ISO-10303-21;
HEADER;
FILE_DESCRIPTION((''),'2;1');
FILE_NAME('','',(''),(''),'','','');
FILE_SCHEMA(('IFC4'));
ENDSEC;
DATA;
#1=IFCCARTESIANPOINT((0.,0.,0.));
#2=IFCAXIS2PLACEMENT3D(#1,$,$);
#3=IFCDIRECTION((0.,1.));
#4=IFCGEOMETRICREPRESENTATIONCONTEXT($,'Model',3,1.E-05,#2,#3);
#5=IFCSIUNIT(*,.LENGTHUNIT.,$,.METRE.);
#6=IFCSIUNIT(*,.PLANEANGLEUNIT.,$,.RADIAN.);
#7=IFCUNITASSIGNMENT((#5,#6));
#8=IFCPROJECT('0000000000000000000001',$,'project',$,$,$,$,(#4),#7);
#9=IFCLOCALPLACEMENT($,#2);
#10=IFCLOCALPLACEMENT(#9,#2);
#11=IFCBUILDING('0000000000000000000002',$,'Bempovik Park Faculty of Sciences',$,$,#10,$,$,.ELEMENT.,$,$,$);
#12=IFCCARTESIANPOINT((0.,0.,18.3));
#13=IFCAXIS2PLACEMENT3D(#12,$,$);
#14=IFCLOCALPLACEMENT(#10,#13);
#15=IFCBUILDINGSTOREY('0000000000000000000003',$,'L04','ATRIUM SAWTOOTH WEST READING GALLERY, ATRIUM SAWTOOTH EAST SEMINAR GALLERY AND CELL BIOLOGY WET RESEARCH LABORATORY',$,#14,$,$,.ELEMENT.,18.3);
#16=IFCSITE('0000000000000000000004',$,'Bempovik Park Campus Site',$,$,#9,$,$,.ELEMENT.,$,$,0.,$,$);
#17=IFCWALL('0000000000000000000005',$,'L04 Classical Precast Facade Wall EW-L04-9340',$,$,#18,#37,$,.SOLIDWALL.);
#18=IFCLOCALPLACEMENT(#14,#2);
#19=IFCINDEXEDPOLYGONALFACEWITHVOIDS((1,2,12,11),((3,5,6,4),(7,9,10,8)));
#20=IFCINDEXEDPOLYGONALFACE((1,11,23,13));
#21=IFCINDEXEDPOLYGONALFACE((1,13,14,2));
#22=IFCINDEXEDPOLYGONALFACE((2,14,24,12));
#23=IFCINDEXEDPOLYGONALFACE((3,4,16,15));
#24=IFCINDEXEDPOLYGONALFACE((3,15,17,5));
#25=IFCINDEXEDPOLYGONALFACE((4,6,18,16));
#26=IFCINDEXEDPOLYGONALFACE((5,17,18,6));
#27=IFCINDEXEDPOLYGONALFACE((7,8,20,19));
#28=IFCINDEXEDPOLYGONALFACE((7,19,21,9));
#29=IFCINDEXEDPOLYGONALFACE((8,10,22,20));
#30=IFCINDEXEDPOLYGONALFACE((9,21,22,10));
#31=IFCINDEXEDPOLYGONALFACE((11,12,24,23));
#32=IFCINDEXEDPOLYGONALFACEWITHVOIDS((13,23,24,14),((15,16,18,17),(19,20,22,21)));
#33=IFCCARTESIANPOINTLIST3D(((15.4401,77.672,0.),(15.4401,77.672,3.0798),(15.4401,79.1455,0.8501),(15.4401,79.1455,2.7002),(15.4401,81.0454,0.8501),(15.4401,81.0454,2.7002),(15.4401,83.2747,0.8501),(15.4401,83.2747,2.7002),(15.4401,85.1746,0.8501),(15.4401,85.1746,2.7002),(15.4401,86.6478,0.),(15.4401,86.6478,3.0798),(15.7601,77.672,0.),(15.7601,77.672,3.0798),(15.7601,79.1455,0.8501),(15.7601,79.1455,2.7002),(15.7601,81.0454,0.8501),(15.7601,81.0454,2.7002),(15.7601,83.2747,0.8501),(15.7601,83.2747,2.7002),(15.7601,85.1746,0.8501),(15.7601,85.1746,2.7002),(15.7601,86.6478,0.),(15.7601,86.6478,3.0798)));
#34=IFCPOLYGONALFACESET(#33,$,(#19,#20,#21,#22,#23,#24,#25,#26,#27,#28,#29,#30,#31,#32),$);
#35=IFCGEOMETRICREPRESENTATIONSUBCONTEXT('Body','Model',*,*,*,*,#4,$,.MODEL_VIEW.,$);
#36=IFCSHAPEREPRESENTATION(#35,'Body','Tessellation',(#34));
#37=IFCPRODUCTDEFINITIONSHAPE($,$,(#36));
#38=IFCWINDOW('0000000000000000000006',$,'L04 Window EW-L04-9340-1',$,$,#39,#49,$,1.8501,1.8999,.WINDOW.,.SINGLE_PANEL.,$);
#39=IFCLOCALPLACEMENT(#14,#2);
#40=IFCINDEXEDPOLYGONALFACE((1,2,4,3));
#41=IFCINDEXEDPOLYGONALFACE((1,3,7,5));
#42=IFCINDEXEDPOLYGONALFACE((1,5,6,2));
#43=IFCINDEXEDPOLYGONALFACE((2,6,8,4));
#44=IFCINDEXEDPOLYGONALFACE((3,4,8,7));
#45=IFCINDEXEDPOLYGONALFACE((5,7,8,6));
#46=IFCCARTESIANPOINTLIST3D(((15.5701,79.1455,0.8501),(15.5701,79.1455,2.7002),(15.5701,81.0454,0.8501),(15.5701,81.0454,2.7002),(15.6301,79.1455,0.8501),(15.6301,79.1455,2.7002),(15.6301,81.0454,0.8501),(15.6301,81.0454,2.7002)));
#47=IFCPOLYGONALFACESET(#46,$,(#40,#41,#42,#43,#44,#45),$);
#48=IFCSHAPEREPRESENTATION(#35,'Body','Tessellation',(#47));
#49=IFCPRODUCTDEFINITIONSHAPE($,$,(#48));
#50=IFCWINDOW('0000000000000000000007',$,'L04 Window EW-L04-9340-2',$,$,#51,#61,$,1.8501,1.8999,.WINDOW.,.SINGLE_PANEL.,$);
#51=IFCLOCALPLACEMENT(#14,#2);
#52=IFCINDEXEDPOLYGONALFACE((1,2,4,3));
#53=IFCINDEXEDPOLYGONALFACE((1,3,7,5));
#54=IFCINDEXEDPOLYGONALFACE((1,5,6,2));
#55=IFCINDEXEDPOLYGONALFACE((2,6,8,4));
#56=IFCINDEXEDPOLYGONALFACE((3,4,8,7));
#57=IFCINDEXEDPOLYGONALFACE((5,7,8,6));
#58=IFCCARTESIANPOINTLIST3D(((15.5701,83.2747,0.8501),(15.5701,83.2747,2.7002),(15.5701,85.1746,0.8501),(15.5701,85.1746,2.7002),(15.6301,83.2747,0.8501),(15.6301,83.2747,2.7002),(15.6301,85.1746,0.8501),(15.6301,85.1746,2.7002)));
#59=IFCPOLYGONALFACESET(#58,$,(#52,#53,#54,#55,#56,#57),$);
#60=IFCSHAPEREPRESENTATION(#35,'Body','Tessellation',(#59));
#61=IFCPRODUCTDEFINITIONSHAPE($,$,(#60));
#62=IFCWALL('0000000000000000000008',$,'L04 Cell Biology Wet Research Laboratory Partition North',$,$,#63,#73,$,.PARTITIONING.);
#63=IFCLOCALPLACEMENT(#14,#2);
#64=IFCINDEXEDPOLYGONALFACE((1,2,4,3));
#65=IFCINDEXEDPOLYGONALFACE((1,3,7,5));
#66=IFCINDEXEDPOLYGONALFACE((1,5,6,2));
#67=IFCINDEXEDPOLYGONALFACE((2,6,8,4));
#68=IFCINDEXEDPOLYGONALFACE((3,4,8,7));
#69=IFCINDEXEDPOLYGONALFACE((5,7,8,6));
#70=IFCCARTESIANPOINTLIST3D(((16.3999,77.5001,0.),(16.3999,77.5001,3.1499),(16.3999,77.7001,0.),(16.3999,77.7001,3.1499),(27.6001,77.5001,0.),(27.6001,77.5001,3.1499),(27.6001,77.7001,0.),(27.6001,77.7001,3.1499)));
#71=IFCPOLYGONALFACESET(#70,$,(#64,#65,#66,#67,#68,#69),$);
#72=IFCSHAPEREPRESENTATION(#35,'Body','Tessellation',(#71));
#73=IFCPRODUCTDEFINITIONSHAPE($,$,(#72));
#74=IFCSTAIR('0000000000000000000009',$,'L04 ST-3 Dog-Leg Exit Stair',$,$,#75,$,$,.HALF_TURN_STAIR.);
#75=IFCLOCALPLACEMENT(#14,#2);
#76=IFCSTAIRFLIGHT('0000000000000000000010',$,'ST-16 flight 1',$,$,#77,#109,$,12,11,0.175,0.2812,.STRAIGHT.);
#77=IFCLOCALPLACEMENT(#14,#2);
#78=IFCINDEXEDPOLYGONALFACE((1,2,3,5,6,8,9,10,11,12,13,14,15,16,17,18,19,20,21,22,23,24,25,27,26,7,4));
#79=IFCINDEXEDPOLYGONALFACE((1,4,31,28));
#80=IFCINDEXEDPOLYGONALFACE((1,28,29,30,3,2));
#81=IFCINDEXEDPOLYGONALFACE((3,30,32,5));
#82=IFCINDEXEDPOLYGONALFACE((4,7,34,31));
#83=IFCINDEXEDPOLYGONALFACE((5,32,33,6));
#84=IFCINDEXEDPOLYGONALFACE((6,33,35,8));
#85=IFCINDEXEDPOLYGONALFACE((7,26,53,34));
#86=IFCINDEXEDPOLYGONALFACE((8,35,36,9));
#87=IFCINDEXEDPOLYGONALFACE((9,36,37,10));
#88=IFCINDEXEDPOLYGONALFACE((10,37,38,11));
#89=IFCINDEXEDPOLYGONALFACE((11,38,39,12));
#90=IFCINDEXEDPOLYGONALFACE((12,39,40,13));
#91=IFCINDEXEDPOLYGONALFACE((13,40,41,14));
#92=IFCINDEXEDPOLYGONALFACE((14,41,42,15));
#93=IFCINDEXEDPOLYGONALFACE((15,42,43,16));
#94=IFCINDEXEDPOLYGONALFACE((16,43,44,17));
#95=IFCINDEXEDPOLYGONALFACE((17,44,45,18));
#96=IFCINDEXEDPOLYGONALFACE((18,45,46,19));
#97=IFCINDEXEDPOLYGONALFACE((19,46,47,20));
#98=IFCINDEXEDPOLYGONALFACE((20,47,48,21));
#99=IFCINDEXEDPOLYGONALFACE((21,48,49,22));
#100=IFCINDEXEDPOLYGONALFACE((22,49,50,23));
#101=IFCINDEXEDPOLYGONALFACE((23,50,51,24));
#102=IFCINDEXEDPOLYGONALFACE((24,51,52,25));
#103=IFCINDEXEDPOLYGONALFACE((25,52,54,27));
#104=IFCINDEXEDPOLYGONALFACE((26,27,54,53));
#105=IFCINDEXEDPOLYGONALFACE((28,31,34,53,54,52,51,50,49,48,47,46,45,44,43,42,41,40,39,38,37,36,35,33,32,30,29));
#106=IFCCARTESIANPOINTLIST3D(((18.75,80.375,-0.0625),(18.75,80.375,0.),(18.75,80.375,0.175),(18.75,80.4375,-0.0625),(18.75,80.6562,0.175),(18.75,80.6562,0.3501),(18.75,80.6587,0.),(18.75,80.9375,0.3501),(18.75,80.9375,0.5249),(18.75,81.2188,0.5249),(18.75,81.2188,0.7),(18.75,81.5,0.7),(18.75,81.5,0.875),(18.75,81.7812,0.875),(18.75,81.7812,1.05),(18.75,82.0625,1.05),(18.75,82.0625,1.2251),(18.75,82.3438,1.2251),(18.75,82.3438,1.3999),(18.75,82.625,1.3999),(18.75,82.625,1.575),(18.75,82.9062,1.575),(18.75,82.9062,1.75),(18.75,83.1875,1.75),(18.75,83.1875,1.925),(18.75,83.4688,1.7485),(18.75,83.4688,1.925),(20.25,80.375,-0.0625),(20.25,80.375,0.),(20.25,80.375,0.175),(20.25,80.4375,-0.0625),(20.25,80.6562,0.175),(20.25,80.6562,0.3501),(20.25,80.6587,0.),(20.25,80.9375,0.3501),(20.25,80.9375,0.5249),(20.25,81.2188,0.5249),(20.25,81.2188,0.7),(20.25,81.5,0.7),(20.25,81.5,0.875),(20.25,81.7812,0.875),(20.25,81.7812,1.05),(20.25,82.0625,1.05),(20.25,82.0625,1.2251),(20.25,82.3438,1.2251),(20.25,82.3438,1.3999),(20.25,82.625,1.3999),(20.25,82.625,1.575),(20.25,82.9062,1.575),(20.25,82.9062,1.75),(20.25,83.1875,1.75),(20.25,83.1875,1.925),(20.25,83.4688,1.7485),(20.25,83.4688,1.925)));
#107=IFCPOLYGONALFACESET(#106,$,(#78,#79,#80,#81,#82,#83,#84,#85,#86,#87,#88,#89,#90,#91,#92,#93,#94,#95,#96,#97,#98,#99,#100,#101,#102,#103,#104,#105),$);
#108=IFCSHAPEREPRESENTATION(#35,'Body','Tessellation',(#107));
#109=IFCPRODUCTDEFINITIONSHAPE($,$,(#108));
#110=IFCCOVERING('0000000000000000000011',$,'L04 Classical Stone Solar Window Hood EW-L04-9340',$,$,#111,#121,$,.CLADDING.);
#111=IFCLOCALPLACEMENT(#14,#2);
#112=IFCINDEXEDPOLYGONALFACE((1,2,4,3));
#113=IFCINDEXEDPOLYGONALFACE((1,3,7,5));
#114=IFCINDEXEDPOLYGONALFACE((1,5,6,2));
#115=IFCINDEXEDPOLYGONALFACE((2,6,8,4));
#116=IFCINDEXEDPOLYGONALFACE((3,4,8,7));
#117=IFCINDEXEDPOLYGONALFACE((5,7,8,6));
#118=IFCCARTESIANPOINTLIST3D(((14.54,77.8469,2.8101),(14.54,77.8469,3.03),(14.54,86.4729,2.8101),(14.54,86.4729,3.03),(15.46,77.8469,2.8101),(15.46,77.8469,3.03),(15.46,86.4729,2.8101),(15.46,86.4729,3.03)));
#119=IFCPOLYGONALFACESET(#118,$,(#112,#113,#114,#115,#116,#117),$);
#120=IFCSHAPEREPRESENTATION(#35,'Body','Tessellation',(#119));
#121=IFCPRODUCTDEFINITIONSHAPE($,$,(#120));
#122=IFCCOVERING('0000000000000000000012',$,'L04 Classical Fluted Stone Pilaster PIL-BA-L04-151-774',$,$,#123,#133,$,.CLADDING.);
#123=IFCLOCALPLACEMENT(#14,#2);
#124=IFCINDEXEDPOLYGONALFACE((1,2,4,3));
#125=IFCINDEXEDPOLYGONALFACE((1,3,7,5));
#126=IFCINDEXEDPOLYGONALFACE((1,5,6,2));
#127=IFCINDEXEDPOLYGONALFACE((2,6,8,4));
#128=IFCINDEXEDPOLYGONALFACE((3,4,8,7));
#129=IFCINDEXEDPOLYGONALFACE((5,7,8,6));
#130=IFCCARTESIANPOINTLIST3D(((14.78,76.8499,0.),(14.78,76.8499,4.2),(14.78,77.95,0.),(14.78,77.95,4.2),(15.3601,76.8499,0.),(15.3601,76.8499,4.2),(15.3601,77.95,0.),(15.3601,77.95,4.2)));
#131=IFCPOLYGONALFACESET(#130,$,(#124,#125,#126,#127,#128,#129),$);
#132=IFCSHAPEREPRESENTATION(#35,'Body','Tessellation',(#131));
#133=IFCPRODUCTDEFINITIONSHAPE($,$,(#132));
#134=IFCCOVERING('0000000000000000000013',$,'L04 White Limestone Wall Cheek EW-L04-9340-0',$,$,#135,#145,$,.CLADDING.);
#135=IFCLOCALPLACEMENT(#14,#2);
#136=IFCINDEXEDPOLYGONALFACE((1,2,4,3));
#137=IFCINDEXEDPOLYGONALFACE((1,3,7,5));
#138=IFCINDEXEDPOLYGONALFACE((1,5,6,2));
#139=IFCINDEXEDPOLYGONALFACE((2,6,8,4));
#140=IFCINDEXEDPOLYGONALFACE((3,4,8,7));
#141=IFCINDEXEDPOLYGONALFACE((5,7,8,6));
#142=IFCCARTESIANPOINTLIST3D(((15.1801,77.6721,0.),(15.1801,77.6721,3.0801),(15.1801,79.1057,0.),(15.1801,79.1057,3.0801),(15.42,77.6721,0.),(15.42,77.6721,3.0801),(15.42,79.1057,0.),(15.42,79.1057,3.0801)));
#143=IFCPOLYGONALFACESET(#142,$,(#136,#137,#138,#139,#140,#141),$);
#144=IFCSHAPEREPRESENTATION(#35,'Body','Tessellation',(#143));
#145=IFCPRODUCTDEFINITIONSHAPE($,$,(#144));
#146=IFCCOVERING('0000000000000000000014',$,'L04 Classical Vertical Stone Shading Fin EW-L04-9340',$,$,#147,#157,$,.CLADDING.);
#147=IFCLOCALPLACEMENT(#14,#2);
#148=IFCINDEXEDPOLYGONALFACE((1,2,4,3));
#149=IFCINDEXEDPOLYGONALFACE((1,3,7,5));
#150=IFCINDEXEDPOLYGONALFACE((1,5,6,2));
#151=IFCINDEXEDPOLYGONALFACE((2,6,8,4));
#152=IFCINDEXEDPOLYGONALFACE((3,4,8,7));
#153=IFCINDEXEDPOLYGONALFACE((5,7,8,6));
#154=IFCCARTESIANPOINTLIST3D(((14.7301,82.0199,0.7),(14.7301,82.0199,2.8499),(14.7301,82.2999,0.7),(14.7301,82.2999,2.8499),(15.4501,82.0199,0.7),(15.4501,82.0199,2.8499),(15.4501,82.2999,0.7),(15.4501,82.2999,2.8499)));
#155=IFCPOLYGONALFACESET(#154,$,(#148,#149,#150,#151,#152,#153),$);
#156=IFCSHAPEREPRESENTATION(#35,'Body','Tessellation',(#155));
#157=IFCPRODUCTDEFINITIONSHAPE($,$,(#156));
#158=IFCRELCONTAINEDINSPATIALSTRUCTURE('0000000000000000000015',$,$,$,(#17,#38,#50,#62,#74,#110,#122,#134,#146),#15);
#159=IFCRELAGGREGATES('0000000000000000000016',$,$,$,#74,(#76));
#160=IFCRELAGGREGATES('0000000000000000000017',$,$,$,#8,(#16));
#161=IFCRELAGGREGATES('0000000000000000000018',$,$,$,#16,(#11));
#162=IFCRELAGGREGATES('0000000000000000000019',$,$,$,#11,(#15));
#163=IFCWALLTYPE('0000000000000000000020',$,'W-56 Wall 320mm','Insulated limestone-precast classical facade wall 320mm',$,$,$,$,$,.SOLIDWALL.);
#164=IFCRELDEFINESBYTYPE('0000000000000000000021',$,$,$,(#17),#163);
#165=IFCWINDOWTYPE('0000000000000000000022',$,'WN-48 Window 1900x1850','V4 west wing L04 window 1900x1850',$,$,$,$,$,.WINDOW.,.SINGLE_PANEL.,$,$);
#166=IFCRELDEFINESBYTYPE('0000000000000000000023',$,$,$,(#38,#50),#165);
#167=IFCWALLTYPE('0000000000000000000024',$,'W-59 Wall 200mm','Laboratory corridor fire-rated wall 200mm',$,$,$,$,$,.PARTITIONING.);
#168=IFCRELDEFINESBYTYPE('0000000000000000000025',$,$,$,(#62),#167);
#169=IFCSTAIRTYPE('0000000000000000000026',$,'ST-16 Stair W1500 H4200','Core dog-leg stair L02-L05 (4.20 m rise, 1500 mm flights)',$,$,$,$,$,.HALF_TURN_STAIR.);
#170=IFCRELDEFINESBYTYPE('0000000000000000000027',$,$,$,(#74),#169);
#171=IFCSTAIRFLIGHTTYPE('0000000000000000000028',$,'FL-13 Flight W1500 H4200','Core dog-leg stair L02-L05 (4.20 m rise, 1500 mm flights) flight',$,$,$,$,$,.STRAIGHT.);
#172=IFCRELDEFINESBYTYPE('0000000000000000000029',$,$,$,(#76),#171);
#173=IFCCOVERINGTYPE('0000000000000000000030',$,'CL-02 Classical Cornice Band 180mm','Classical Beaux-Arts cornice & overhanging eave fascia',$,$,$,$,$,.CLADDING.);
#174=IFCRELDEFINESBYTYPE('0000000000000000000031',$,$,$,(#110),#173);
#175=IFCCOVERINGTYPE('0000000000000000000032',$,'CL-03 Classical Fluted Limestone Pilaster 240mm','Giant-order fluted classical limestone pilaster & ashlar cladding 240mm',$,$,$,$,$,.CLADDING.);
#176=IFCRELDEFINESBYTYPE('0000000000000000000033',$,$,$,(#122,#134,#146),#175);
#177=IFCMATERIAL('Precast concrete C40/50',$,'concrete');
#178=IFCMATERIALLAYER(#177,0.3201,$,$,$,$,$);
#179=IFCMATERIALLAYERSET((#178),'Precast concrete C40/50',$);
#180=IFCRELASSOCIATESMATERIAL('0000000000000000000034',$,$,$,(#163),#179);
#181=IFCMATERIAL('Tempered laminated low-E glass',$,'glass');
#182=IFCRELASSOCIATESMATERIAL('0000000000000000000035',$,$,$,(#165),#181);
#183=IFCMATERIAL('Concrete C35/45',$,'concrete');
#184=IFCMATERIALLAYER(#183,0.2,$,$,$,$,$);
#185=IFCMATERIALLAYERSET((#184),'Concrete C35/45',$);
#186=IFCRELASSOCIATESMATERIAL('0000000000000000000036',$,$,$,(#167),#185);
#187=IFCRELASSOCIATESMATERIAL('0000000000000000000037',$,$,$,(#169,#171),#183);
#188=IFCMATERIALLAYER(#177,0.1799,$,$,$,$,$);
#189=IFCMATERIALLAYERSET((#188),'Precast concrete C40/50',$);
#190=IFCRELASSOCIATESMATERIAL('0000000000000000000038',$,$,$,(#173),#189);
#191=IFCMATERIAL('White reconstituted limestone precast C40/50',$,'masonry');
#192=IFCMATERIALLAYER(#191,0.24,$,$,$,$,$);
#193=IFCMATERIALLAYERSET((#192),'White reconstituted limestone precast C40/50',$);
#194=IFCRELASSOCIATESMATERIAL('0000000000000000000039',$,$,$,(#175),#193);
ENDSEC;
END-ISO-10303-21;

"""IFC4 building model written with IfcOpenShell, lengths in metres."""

from ifc_helpers import new_model, si_unit, direction, frame, frame_2d, origin, origin_2d, place, context, subcontext, project, spatial, polyline, rectangle, outline, extrude, material, layer, layer_set, type_object, element, fill, aggregate, save


model = new_model("IFC4")

# Units and contexts
model_context = context("Model", 3, precision=1e-05, world=origin(), true_north=direction((0.0, 1.0)))
body_context = subcontext(model_context, "Body", "Model", "MODEL_VIEW")
ifc_project = project(units=[si_unit("LENGTHUNIT", "METRE"), si_unit("PLANEANGLEUNIT", "RADIAN")], contexts=[model_context])

# Site, building, storey
site_placement = place(None, origin())
site = spatial("IfcSite", under=ifc_project, at=site_placement, Name="Bempovik Park Campus Site", CompositionType="ELEMENT", RefElevation=0.0)
building_placement = place(site_placement, origin())
building = spatial("IfcBuilding", under=site, at=building_placement, Name="Bempovik Park Faculty of Sciences", CompositionType="ELEMENT")
storey_placement = place(building_placement, frame((0.0, 0.0, 18.3)))
storey = spatial("IfcBuildingStorey", under=building, at=storey_placement, Name="L04", Description="ATRIUM SAWTOOTH WEST READING GALLERY, ATRIUM SAWTOOTH EAST SEMINAR GALLERY AND CELL BIOLOGY WET RESEARCH LABORATORY", CompositionType="ELEMENT", Elevation=18.3)

# Shared definitions
ifc_material_1 = material(Name="Concrete C35/45", Category="concrete")

# Wall, openings, windows
ifc_material_2 = material(Name="Precast concrete C40/50", Category="concrete")
ifc_layer_1 = layer(ifc_material_2, 0.3201)
ifc_layer_set_1 = layer_set([ifc_layer_1], Name="Precast concrete C40/50")
wall_type_1 = type_object("IfcWallType", Name="W-56 Wall 320mm", Description="Insulated limestone-precast classical facade wall 320mm", PredefinedType="SOLIDWALL", material=ifc_layer_set_1)
wall_1_placement = place(storey_placement, frame((15.6001, 77.6721, 0.0), z_axis=(0.0, 0.0, 1.0), x_axis=(0.0, 1.0, 0.0)))
wall_1 = element("IfcWall", 1, at=wall_1_placement, inside=storey, type_object=wall_type_1, Name="L04 Classical Precast Facade Wall EW-L04-9340", PredefinedType="SOLIDWALL", context=body_context, shape_type="SweptSolid", body=[
    extrude(rectangle(XDim=8.9758, YDim=0.3201, at=frame_2d((4.4878, 0.0))), origin(), (0.0, 0.0, 1.0), 3.0798),
])
opening_1_placement = place(wall_1_placement, frame((1.4734, 0.0, 0.8501)))
opening_1 = element("IfcOpeningElement", 2, at=opening_1_placement, cuts=wall_1, PredefinedType="OPENING", context=body_context, shape_type="SweptSolid", body=[
    extrude(rectangle(XDim=1.8999, YDim=1.8501, at=frame_2d((0.95, 0.925))), frame((0.0, 0.1699, 0.0), z_axis=(0.0, -1.0, 0.0), x_axis=(1.0, 0.0, 0.0)), (0.0, 0.0, 1.0), 0.3401),
])
opening_2_placement = place(wall_1_placement, frame((5.6025, 0.0, 0.8501)))
opening_2 = element("IfcOpeningElement", 3, at=opening_2_placement, cuts=wall_1, PredefinedType="OPENING", context=body_context, shape_type="SweptSolid", body=[
    extrude(rectangle(XDim=1.8999, YDim=1.8501, at=frame_2d((0.95, 0.925))), frame((0.0, 0.1699, 0.0), z_axis=(0.0, -1.0, 0.0), x_axis=(1.0, 0.0, 0.0)), (0.0, 0.0, 1.0), 0.3401),
])
ifc_material_3 = material(Name="Tempered laminated low-E glass", Category="glass")
window_type = type_object("IfcWindowType", Name="WN-48 Window 1900x1850", Description="V4 west wing L04 window 1900x1850", PartitioningType="SINGLE_PANEL", PredefinedType="WINDOW", material=ifc_material_3)
window_1_placement = place(opening_1_placement, origin())
window_1 = element("IfcWindow", 4, at=window_1_placement, inside=storey, type_object=window_type, Name="L04 Window EW-L04-9340-1", OverallHeight=1.8501, OverallWidth=1.8999, PartitioningType="SINGLE_PANEL", PredefinedType="WINDOW", context=body_context, shape_type="SweptSolid", body=[
    extrude(rectangle(XDim=1.8999, YDim=1.8501, at=frame_2d((0.95, 0.925))), frame((0.0, 0.03, 0.0), z_axis=(0.0, -1.0, 0.0), x_axis=(1.0, 0.0, 0.0)), (0.0, 0.0, 1.0), 0.0601),
])
fill(opening_1, window_1)
window_2_placement = place(opening_2_placement, origin())
window_2 = element("IfcWindow", 5, at=window_2_placement, inside=storey, type_object=window_type, Name="L04 Window EW-L04-9340-2", OverallHeight=1.8501, OverallWidth=1.8999, PartitioningType="SINGLE_PANEL", PredefinedType="WINDOW", context=body_context, shape_type="SweptSolid", body=[
    extrude(rectangle(XDim=1.8999, YDim=1.8501, at=frame_2d((0.95, 0.925))), frame((0.0, 0.03, 0.0), z_axis=(0.0, -1.0, 0.0), x_axis=(1.0, 0.0, 0.0)), (0.0, 0.0, 1.0), 0.0601),
])
fill(opening_2, window_2)

# Wall
ifc_layer_2 = layer(ifc_material_1, 0.2)
ifc_layer_set_2 = layer_set([ifc_layer_2], Name="Concrete C35/45")
wall_type_2 = type_object("IfcWallType", Name="W-59 Wall 200mm", Description="Laboratory corridor fire-rated wall 200mm", PredefinedType="PARTITIONING", material=ifc_layer_set_2)
wall_2_placement = place(storey_placement, frame((16.3999, 77.6001, 0.0), z_axis=(0.0, 0.0, 1.0), x_axis=(1.0, 0.0, 0.0)))
element("IfcWall", 6, at=wall_2_placement, inside=storey, type_object=wall_type_2, Name="L04 Cell Biology Wet Research Laboratory Partition North", PredefinedType="PARTITIONING", context=body_context, shape_type="SweptSolid", body=[
    extrude(rectangle(XDim=11.2002, YDim=0.2, at=frame_2d((5.6001, 0.0))), origin(), (0.0, 0.0, 1.0), 3.1499),
])

# Stair, stair flight
stair_type = type_object("IfcStairType", Name="ST-16 Stair W1500 H4200", Description="Core dog-leg stair L02-L05 (4.20 m rise, 1500 mm flights)", PredefinedType="HALF_TURN_STAIR", material=ifc_material_1)
stair_placement = place(storey_placement, origin())
stair = element("IfcStair", 7, at=stair_placement, inside=storey, type_object=stair_type, Name="L04 ST-3 Dog-Leg Exit Stair", PredefinedType="HALF_TURN_STAIR")
stair_flight_type = type_object("IfcStairFlightType", Name="FL-13 Flight W1500 H4200", Description="Core dog-leg stair L02-L05 (4.20 m rise, 1500 mm flights) flight", PredefinedType="STRAIGHT", material=ifc_material_1)
stair_flight_placement = place(storey_placement, frame((19.5, 80.375, 0.0), z_axis=(0.0, 0.0, 1.0), x_axis=(0.0, 1.0, 0.0)))
stair_flight = element("IfcStairFlight", 8, at=stair_flight_placement, type_object=stair_flight_type, Name="ST-16 flight 1", NumberOfRisers=12, NumberOfTreads=11, PredefinedType="STRAIGHT", RiserHeight=0.175, TreadLength=0.2812, context=body_context, shape_type="SweptSolid", body=[
    extrude(outline(polyline([(0.0, 0.0), (0.0, 0.175), (0.2812, 0.175), (0.2812, 0.3501), (0.5625, 0.3501), (0.5625, 0.5249), (0.8438, 0.5249), (0.8438, 0.7), (1.125, 0.7), (1.125, 0.875), (1.4062, 0.875), (1.4062, 1.05), (1.6875, 1.05), (1.6875, 1.2251), (1.9688, 1.2251), (1.9688, 1.3999), (2.25, 1.3999), (2.25, 1.575), (2.5312, 1.575), (2.5312, 1.75), (2.8125, 1.75), (2.8125, 1.925), (3.0938, 1.925), (3.0938, 2.1001), (3.0938, 1.7485), (0.2837, 0.0), (0.0625, -0.0625), (0.0, -0.0625), (0.0, 0.0)])), frame((0.0, 0.75, 0.0), z_axis=(0.0, -1.0, 0.0), x_axis=(1.0, 0.0, 0.0)), (0.0, 0.0, 1.0), 1.5),
])
aggregate(stair, [stair_flight])

# Coverings
ifc_layer_3 = layer(ifc_material_2, 0.1799)
ifc_layer_set_3 = layer_set([ifc_layer_3], Name="Precast concrete C40/50")
covering_type_1 = type_object("IfcCoveringType", Name="CL-02 Classical Cornice Band 180mm", Description="Classical Beaux-Arts cornice & overhanging eave fascia", PredefinedType="CLADDING", material=ifc_layer_set_3)
covering_1_placement = place(storey_placement, frame((15.0, 82.1599, 2.8101), z_axis=(0.0, 0.0, 1.0), x_axis=(1.0, 0.0, 0.0)))
element("IfcCovering", 9, at=covering_1_placement, inside=storey, type_object=covering_type_1, Name="L04 Classical Stone Solar Window Hood EW-L04-9340", PredefinedType="CLADDING", context=body_context, shape_type="SweptSolid", body=[
    extrude(rectangle(XDim=0.9199, YDim=8.626, at=origin_2d()), origin(), (0.0, 0.0, 1.0), 0.22),
])
ifc_material_4 = material(Name="White reconstituted limestone precast C40/50", Category="masonry")
ifc_layer_4 = layer(ifc_material_4, 0.24)
ifc_layer_set_4 = layer_set([ifc_layer_4], Name="White reconstituted limestone precast C40/50")
covering_type_2 = type_object("IfcCoveringType", Name="CL-03 Classical Fluted Limestone Pilaster 240mm", Description="Giant-order fluted classical limestone pilaster & ashlar cladding 240mm", PredefinedType="CLADDING", material=ifc_layer_set_4)
covering_2_placement = place(storey_placement, frame((15.0701, 77.3999, 0.0), z_axis=(0.0, 0.0, 1.0), x_axis=(1.0, 0.0, 0.0)))
element("IfcCovering", 10, at=covering_2_placement, inside=storey, type_object=covering_type_2, Name="L04 Classical Fluted Stone Pilaster PIL-BA-L04-151-774", PredefinedType="CLADDING", context=body_context, shape_type="SweptSolid", body=[
    extrude(rectangle(XDim=0.5801, YDim=1.1001, at=origin_2d()), origin(), (0.0, 0.0, 1.0), 4.2),
])
covering_3_placement = place(storey_placement, frame((15.3, 78.3889, 0.0), z_axis=(0.0, 0.0, 1.0), x_axis=(1.0, 0.0, 0.0)))
element("IfcCovering", 11, at=covering_3_placement, inside=storey, type_object=covering_type_2, Name="L04 White Limestone Wall Cheek EW-L04-9340-0", PredefinedType="CLADDING", context=body_context, shape_type="SweptSolid", body=[
    extrude(rectangle(XDim=0.24, YDim=1.4336, at=origin_2d()), origin(), (0.0, 0.0, 1.0), 3.0801),
])
covering_4_placement = place(storey_placement, frame((15.0901, 82.1599, 0.7), z_axis=(0.0, 0.0, 1.0), x_axis=(1.0, 0.0, 0.0)))
element("IfcCovering", 12, at=covering_4_placement, inside=storey, type_object=covering_type_2, Name="L04 Classical Vertical Stone Shading Fin EW-L04-9340", PredefinedType="CLADDING", context=body_context, shape_type="SweptSolid", body=[
    extrude(rectangle(XDim=0.72, YDim=0.28, at=origin_2d()), origin(), (0.0, 0.0, 1.0), 2.1499),
])

save(model, "model.ifc")
